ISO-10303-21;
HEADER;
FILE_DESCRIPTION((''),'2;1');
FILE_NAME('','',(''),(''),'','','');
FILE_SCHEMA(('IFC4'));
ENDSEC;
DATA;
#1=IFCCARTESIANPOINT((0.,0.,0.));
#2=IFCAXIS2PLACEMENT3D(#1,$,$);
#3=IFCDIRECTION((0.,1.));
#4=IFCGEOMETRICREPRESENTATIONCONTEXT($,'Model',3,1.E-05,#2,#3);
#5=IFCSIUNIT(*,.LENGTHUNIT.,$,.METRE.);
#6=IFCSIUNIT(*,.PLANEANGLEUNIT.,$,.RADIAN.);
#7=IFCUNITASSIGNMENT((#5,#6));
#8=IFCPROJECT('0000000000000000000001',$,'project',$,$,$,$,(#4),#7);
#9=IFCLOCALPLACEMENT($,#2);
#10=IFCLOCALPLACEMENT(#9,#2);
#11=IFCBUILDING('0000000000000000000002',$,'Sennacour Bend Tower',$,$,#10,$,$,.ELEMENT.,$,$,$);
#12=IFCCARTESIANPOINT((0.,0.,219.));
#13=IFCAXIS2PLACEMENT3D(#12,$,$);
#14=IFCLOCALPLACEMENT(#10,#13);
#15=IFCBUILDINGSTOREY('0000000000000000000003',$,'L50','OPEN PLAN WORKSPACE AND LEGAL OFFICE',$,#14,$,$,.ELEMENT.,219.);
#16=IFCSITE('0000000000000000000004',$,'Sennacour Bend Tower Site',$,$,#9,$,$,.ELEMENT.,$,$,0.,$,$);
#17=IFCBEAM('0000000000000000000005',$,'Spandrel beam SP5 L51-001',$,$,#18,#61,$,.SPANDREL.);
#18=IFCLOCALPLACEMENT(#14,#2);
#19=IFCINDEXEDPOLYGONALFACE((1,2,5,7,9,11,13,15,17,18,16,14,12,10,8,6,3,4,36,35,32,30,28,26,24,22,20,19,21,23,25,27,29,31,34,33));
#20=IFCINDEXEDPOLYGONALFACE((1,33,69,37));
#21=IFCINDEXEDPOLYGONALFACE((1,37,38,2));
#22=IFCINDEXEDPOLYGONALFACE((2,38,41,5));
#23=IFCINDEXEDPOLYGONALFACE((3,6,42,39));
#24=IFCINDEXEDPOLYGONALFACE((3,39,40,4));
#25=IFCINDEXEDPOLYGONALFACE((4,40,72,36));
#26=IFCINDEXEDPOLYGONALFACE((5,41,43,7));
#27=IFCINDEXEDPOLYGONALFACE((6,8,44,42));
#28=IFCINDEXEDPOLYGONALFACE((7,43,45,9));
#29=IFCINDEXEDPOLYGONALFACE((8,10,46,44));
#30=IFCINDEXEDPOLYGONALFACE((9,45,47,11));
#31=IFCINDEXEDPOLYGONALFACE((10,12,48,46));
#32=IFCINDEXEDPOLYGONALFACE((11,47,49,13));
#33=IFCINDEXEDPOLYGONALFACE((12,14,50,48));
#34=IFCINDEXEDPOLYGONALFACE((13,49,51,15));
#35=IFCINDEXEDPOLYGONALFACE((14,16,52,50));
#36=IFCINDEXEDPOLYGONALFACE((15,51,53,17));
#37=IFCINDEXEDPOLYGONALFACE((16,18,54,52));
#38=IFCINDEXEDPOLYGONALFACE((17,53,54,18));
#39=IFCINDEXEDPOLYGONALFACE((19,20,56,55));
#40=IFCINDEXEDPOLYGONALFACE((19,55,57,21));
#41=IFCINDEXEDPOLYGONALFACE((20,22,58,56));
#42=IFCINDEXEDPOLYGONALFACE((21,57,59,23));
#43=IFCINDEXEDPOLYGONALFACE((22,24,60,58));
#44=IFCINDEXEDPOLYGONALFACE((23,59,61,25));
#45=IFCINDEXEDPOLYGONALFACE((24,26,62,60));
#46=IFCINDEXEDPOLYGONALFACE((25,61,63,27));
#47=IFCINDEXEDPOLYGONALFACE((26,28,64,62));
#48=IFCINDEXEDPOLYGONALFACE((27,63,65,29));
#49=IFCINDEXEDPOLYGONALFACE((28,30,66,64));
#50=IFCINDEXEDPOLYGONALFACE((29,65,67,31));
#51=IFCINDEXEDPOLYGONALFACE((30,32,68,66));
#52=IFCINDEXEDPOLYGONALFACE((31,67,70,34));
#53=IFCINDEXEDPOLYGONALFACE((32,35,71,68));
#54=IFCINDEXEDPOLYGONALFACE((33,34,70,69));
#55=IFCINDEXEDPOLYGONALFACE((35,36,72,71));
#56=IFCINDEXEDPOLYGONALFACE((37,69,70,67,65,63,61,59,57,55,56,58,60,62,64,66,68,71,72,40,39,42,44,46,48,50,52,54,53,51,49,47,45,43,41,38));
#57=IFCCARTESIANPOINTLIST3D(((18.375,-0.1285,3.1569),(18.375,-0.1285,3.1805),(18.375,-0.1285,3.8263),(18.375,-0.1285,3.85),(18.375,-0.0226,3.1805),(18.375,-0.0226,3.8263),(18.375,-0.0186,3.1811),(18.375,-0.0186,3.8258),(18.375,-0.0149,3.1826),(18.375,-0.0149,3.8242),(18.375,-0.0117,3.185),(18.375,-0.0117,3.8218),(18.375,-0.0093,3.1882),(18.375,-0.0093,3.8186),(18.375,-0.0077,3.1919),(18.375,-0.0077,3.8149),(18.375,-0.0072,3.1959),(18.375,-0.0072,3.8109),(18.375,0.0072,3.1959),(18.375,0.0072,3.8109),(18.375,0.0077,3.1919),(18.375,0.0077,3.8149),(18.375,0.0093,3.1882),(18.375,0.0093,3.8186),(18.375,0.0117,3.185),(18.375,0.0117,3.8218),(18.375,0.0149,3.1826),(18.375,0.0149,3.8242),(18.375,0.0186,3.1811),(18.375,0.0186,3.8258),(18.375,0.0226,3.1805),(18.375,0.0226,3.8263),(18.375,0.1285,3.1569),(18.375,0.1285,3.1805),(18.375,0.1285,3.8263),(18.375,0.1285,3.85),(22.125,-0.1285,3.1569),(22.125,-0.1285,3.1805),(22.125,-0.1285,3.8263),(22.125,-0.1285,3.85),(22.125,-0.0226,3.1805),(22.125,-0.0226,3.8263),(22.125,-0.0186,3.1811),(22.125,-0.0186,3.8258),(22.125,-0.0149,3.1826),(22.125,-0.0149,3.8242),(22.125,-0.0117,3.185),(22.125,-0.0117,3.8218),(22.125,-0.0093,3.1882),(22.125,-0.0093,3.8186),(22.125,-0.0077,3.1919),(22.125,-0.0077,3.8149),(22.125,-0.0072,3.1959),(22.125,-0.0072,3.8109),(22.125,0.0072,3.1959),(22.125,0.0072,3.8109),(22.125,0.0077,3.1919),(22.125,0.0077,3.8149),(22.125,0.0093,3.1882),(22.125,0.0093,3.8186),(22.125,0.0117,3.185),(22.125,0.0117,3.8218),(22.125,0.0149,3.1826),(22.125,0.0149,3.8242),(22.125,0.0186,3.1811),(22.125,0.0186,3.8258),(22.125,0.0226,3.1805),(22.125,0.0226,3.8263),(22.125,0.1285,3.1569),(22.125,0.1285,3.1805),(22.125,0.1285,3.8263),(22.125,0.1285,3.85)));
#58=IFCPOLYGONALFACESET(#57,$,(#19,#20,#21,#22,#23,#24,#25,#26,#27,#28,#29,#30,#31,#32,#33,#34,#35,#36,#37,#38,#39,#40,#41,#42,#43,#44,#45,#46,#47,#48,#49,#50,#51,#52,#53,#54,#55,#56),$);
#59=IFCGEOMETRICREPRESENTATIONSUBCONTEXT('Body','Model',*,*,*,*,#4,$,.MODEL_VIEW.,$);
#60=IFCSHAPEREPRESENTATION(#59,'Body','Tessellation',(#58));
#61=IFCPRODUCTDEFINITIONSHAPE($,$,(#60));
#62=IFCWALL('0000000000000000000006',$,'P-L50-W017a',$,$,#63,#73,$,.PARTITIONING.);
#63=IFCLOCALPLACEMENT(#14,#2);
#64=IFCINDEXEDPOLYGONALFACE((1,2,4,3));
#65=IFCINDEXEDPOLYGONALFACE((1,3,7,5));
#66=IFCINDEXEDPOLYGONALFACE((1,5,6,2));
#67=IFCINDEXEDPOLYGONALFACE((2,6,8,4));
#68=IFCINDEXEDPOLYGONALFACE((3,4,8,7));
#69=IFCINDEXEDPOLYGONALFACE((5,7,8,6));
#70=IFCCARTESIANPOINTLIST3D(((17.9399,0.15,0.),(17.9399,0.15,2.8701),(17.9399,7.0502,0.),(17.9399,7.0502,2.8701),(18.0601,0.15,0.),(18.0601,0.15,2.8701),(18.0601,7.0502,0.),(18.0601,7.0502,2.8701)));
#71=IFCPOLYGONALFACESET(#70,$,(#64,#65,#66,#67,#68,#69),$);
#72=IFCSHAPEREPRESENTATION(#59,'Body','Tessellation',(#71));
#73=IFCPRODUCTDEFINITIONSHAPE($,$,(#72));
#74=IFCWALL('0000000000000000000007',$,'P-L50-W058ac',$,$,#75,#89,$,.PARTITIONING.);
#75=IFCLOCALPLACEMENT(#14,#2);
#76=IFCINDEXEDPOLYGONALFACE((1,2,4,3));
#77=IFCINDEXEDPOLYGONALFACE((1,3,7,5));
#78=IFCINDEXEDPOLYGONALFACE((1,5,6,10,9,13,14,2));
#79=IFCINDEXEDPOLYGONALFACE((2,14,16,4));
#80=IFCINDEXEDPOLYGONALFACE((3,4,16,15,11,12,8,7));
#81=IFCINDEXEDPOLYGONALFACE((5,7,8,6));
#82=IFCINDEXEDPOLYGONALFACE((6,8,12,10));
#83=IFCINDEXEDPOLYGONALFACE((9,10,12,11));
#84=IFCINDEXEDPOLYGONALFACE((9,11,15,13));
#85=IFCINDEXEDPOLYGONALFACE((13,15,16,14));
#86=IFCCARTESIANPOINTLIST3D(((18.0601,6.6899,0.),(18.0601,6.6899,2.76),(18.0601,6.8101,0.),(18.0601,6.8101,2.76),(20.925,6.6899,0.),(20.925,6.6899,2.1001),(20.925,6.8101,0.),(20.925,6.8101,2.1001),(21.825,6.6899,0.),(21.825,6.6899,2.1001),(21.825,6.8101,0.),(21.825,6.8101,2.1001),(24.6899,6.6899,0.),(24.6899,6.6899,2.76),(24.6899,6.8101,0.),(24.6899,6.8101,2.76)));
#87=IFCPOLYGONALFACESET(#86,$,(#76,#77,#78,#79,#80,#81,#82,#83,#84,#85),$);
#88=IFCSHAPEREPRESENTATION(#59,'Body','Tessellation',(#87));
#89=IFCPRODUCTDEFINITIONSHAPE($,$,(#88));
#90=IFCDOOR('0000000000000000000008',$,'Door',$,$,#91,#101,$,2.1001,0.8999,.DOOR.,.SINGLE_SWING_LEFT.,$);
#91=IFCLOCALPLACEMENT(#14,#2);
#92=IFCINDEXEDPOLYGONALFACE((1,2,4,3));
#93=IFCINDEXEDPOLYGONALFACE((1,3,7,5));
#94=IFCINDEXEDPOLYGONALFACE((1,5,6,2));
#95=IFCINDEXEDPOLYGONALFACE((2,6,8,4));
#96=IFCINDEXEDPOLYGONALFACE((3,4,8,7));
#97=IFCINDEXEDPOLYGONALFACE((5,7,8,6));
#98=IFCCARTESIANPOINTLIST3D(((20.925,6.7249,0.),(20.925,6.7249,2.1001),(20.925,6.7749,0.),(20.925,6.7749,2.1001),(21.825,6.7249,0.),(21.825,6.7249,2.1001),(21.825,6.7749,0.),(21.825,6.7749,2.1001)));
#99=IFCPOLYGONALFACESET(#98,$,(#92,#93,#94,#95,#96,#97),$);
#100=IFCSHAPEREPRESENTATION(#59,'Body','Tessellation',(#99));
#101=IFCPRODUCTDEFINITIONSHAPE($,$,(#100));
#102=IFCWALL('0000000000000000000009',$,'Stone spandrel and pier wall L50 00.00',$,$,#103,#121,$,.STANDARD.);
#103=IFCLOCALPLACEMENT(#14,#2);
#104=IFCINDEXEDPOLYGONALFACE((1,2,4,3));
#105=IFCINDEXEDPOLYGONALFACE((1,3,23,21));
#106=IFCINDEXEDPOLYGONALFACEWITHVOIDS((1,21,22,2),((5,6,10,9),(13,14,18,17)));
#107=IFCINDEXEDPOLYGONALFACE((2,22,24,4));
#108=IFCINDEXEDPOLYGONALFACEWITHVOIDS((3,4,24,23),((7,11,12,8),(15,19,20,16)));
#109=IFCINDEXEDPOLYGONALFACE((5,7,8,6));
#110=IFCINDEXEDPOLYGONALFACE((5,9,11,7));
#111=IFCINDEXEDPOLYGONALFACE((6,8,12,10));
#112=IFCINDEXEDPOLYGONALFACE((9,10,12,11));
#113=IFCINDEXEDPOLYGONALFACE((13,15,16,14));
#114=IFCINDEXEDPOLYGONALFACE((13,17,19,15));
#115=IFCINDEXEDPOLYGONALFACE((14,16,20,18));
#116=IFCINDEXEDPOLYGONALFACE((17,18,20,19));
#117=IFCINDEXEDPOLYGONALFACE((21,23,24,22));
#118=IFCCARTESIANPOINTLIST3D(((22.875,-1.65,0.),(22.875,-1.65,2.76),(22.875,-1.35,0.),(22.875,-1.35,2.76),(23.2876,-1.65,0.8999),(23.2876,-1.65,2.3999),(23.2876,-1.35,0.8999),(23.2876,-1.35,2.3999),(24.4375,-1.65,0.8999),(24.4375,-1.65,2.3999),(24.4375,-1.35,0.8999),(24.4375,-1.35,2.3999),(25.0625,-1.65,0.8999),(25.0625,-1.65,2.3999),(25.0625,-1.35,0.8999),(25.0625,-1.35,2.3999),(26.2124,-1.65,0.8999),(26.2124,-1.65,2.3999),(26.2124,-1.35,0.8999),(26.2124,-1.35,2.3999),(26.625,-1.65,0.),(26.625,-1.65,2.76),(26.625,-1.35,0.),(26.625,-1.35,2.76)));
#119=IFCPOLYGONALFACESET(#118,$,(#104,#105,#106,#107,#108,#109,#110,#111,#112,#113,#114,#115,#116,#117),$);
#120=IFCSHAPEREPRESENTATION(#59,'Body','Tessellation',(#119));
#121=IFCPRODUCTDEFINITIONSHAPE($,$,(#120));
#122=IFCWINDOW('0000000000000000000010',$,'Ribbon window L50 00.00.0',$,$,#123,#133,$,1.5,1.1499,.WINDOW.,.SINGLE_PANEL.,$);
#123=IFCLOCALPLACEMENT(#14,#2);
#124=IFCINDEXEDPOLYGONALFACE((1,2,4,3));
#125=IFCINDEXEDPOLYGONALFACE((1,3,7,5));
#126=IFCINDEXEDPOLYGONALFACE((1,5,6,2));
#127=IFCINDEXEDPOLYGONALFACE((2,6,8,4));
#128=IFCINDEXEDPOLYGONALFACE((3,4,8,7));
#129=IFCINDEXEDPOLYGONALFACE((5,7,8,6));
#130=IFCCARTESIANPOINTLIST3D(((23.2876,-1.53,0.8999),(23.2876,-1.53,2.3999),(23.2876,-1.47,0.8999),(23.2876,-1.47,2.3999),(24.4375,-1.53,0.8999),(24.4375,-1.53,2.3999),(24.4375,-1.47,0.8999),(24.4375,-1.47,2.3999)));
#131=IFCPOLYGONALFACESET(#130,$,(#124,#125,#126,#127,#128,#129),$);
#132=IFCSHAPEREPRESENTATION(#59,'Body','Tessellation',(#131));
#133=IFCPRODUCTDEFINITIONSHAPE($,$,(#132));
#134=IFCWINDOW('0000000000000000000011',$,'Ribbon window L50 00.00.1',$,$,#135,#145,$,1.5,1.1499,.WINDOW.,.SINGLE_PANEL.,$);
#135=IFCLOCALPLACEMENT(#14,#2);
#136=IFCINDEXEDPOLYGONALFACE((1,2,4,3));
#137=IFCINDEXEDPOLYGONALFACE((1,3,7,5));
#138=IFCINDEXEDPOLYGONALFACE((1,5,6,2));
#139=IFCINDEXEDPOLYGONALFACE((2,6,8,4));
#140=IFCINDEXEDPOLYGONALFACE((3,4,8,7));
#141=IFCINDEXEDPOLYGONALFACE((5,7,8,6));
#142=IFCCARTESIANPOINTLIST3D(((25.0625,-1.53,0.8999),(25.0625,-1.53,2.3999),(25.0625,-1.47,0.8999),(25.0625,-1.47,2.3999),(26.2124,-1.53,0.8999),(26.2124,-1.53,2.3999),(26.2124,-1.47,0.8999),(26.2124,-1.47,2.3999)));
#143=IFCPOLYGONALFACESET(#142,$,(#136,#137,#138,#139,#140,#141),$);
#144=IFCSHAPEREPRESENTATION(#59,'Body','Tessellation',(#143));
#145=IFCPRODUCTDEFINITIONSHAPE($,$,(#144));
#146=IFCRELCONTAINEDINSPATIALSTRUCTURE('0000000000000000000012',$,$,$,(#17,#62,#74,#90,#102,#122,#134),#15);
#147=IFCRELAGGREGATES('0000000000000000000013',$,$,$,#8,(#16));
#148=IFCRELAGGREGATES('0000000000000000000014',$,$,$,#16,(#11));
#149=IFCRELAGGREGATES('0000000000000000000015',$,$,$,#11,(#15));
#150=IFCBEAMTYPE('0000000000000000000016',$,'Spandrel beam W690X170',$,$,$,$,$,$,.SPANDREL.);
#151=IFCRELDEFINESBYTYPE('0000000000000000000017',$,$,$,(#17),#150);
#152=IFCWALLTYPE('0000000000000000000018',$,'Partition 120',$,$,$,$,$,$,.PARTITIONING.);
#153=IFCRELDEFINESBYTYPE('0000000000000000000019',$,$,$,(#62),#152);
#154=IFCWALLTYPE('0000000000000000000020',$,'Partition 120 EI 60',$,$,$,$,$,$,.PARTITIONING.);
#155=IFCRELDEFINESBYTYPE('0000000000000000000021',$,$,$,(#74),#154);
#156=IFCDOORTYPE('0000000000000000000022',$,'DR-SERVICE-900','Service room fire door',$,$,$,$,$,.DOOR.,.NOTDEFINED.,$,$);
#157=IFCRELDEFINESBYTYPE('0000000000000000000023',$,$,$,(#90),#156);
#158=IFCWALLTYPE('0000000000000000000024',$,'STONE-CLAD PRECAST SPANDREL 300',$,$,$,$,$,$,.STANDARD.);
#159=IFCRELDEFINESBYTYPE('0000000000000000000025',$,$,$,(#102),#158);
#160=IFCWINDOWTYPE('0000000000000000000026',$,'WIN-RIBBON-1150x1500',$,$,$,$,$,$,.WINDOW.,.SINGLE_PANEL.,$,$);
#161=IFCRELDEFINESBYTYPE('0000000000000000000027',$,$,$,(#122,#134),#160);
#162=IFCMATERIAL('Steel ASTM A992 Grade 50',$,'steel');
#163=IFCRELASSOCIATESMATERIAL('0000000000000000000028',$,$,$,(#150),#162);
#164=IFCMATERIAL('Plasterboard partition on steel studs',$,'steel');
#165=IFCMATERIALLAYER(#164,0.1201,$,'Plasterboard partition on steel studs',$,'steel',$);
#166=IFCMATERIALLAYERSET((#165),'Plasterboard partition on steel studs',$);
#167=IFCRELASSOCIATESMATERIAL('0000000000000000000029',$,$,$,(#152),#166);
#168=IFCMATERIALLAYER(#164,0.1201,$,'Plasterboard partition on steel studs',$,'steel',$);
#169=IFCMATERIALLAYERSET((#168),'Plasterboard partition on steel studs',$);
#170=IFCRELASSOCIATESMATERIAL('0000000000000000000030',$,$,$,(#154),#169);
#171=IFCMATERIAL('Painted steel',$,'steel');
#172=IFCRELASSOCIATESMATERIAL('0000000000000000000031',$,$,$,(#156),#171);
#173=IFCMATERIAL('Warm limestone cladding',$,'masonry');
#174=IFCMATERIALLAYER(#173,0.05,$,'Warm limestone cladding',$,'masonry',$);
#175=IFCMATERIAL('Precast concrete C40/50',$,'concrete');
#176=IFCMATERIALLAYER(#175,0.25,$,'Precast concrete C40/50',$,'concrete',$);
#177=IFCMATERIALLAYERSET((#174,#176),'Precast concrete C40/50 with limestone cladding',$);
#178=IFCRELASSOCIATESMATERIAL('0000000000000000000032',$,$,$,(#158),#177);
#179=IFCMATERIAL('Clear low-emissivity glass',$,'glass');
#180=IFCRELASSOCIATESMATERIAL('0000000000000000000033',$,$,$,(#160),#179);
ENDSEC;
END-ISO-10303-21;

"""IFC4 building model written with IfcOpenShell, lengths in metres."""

from ifc_helpers import new_model, si_unit, direction, frame, frame_2d, origin, origin_2d, place, context, subcontext, project, spatial, rectangle, i_section, extrude, material, layer, layer_set, material_profile, profile_set, type_object, element, fill, save


model = new_model("IFC4")

# Units and contexts
model_context = context("Model", 3, precision=1e-05, world=origin(), true_north=direction((0.0, 1.0)))
body_context = subcontext(model_context, "Body", "Model", "MODEL_VIEW")
ifc_project = project(units=[si_unit("LENGTHUNIT", "METRE"), si_unit("PLANEANGLEUNIT", "RADIAN")], contexts=[model_context])

# Site, building, storey
site_placement = place(None, origin())
site = spatial("IfcSite", under=ifc_project, at=site_placement, Name="Sennacour Bend Tower Site", CompositionType="ELEMENT", RefElevation=0.0)
building_placement = place(site_placement, origin())
building = spatial("IfcBuilding", under=site, at=building_placement, Name="Sennacour Bend Tower", CompositionType="ELEMENT")
storey_placement = place(building_placement, frame((0.0, 0.0, 219.0)))
storey = spatial("IfcBuildingStorey", under=building, at=storey_placement, Name="L50", Description="OPEN PLAN WORKSPACE AND LEGAL OFFICE", CompositionType="ELEMENT", Elevation=219.0)

# Beam
ifc_material_1 = material(Name="Steel ASTM A992 Grade 50", Category="steel")
ifc_material_profile_1 = material_profile(ifc_material_1, i_section(OverallWidth=0.2571, OverallDepth=0.6931, WebThickness=0.0144, FlangeThickness=0.0237, FilletRadius=0.0154, at=origin_2d()), Name="Steel ASTM A992 Grade 50", Category="steel")
ifc_profile_set_1 = profile_set([ifc_material_profile_1], Name="Steel ASTM A992 Grade 50")
beam_type_1 = type_object("IfcBeamType", Name="Spandrel beam W690X170", PredefinedType="SPANDREL", material=ifc_profile_set_1)
beam_1_placement = place(storey_placement, frame((22.125, 0.0, 3.5034), z_axis=(-1.0, 0.0, 0.0), x_axis=(0.0, -1.0, 0.0)))
element("IfcBeam", 1, at=beam_1_placement, inside=storey, type_object=beam_type_1, Name="Spandrel beam SP5 L51-001", PredefinedType="SPANDREL", context=body_context, shape_type="SweptSolid", body=[
    extrude(i_section(OverallWidth=0.2571, OverallDepth=0.6931, WebThickness=0.0144, FlangeThickness=0.0237, FilletRadius=0.0154, at=origin_2d()), origin(), (0.0, 0.0, 1.0), 3.75),
])

# Wall
ifc_material_2 = material(Name="Plasterboard partition on steel studs", Category="steel")
ifc_layer_1 = layer(ifc_material_2, 0.1201, Name="Plasterboard partition on steel studs", Category="steel")
ifc_layer_set_1 = layer_set([ifc_layer_1], Name="Plasterboard partition on steel studs")
wall_type_1 = type_object("IfcWallType", Name="Partition 120", PredefinedType="PARTITIONING", material=ifc_layer_set_1)
wall_1_placement = place(storey_placement, frame((18.0, 0.1499, 0.0), z_axis=(0.0, 0.0, 1.0), x_axis=(0.0, 1.0, 0.0)))
element("IfcWall", 2, at=wall_1_placement, inside=storey, type_object=wall_type_1, Name="P-L50-W017a", PredefinedType="PARTITIONING", context=body_context, shape_type="SweptSolid", body=[
    extrude(rectangle(XDim=6.9001, YDim=0.1201, at=frame_2d((3.4502, 0.0))), origin(), (0.0, 0.0, 1.0), 2.8701),
])

# Wall, opening, door
ifc_layer_2 = layer(ifc_material_2, 0.1201, Name="Plasterboard partition on steel studs", Category="steel")
ifc_layer_set_2 = layer_set([ifc_layer_2], Name="Plasterboard partition on steel studs")
wall_type_2 = type_object("IfcWallType", Name="Partition 120 EI 60", PredefinedType="PARTITIONING", material=ifc_layer_set_2)
wall_2_placement = place(storey_placement, frame((18.0601, 6.75, 0.0), z_axis=(0.0, 0.0, 1.0), x_axis=(1.0, 0.0, 0.0)))
wall_2 = element("IfcWall", 3, at=wall_2_placement, inside=storey, type_object=wall_type_2, Name="P-L50-W058ac", PredefinedType="PARTITIONING", context=body_context, shape_type="SweptSolid", body=[
    extrude(rectangle(XDim=6.6299, YDim=0.1201, at=frame_2d((3.3149, 0.0))), origin(), (0.0, 0.0, 1.0), 2.76),
])
opening_1_placement = place(wall_2_placement, frame((2.865, 0.0, 0.0)))
opening_1 = element("IfcOpeningElement", 4, at=opening_1_placement, cuts=wall_2, PredefinedType="OPENING", context=body_context, shape_type="SweptSolid", body=[
    extrude(rectangle(XDim=0.8999, YDim=2.1001, at=frame_2d((0.45, 1.05))), frame((0.0, 0.0701, 0.0), z_axis=(0.0, -1.0, 0.0), x_axis=(1.0, 0.0, 0.0)), (0.0, 0.0, 1.0), 0.1401),
])
ifc_material_3 = material(Name="Painted steel", Category="steel")
door_type = type_object("IfcDoorType", Name="DR-SERVICE-900", Description="Service room fire door", OperationType="NOTDEFINED", PredefinedType="DOOR", material=ifc_material_3)
door_placement = place(opening_1_placement, origin())
door = element("IfcDoor", 5, at=door_placement, inside=storey, type_object=door_type, Name="Door", OperationType="SINGLE_SWING_LEFT", OverallHeight=2.1001, OverallWidth=0.8999, PredefinedType="DOOR", context=body_context, shape_type="SweptSolid", body=[
    extrude(rectangle(XDim=0.8999, YDim=2.1001, at=frame_2d((0.45, 1.05))), frame((0.0, 0.0249, 0.0), z_axis=(0.0, -1.0, 0.0), x_axis=(1.0, 0.0, 0.0)), (0.0, 0.0, 1.0), 0.05),
])
fill(opening_1, door)

# Wall, openings, windows
ifc_material_4 = material(Name="Warm limestone cladding", Category="masonry")
ifc_layer_3 = layer(ifc_material_4, 0.05, Name="Warm limestone cladding", Category="masonry")
ifc_material_5 = material(Name="Precast concrete C40/50", Category="concrete")
ifc_layer_4 = layer(ifc_material_5, 0.25, Name="Precast concrete C40/50", Category="concrete")
ifc_layer_set_3 = layer_set([ifc_layer_3, ifc_layer_4], Name="Precast concrete C40/50 with limestone cladding")
wall_type_3 = type_object("IfcWallType", Name="STONE-CLAD PRECAST SPANDREL 300", PredefinedType="STANDARD", material=ifc_layer_set_3)
wall_3_placement = place(storey_placement, frame((22.875, -1.5, 0.0), z_axis=(0.0, 0.0, 1.0), x_axis=(1.0, 0.0, 0.0)))
wall_3 = element("IfcWall", 6, at=wall_3_placement, inside=storey, type_object=wall_type_3, Name="Stone spandrel and pier wall L50 00.00", PredefinedType="STANDARD", context=body_context, shape_type="SweptSolid", body=[
    extrude(rectangle(XDim=3.75, YDim=0.3, at=frame_2d((1.875, 0.0))), origin(), (0.0, 0.0, 1.0), 2.76),
])
opening_2_placement = place(wall_3_placement, frame((0.4126, 0.0, 0.8999)))
opening_2 = element("IfcOpeningElement", 7, at=opening_2_placement, cuts=wall_3, PredefinedType="OPENING", context=body_context, shape_type="SweptSolid", body=[
    extrude(rectangle(XDim=1.1499, YDim=1.5, at=frame_2d((0.575, 0.75))), frame((0.0, 0.1602, 0.0), z_axis=(0.0, -1.0, 0.0), x_axis=(1.0, 0.0, 0.0)), (0.0, 0.0, 1.0), 0.3201),
])
opening_3_placement = place(wall_3_placement, frame((2.1875, 0.0, 0.8999)))
opening_3 = element("IfcOpeningElement", 8, at=opening_3_placement, cuts=wall_3, PredefinedType="OPENING", context=body_context, shape_type="SweptSolid", body=[
    extrude(rectangle(XDim=1.1499, YDim=1.5, at=frame_2d((0.575, 0.75))), frame((0.0, 0.1602, 0.0), z_axis=(0.0, -1.0, 0.0), x_axis=(1.0, 0.0, 0.0)), (0.0, 0.0, 1.0), 0.3201),
])
ifc_material_6 = material(Name="Clear low-emissivity glass", Category="glass")
window_type_1 = type_object("IfcWindowType", Name="WIN-RIBBON-1150x1500", PartitioningType="SINGLE_PANEL", PredefinedType="WINDOW", material=ifc_material_6)
window_1_placement = place(opening_2_placement, origin())
window_1 = element("IfcWindow", 9, at=window_1_placement, inside=storey, type_object=window_type_1, Name="Ribbon window L50 00.00.0", OverallHeight=1.5, OverallWidth=1.1499, PartitioningType="SINGLE_PANEL", PredefinedType="WINDOW", context=body_context, shape_type="SweptSolid", body=[
    extrude(rectangle(XDim=1.1499, YDim=1.5, at=frame_2d((0.575, 0.75))), frame((0.0, 0.03, 0.0), z_axis=(0.0, -1.0, 0.0), x_axis=(1.0, 0.0, 0.0)), (0.0, 0.0, 1.0), 0.0601),
])
fill(opening_2, window_1)
window_2_placement = place(opening_3_placement, origin())
window_2 = element("IfcWindow", 10, at=window_2_placement, inside=storey, type_object=window_type_1, Name="Ribbon window L50 00.00.1", OverallHeight=1.5, OverallWidth=1.1499, PartitioningType="SINGLE_PANEL", PredefinedType="WINDOW", context=body_context, shape_type="SweptSolid", body=[
    extrude(rectangle(XDim=1.1499, YDim=1.5, at=frame_2d((0.575, 0.75))), frame((0.0, 0.03, 0.0), z_axis=(0.0, -1.0, 0.0), x_axis=(1.0, 0.0, 0.0)), (0.0, 0.0, 1.0), 0.0601),
])
fill(opening_3, window_2)

save(model, "model.ifc")
